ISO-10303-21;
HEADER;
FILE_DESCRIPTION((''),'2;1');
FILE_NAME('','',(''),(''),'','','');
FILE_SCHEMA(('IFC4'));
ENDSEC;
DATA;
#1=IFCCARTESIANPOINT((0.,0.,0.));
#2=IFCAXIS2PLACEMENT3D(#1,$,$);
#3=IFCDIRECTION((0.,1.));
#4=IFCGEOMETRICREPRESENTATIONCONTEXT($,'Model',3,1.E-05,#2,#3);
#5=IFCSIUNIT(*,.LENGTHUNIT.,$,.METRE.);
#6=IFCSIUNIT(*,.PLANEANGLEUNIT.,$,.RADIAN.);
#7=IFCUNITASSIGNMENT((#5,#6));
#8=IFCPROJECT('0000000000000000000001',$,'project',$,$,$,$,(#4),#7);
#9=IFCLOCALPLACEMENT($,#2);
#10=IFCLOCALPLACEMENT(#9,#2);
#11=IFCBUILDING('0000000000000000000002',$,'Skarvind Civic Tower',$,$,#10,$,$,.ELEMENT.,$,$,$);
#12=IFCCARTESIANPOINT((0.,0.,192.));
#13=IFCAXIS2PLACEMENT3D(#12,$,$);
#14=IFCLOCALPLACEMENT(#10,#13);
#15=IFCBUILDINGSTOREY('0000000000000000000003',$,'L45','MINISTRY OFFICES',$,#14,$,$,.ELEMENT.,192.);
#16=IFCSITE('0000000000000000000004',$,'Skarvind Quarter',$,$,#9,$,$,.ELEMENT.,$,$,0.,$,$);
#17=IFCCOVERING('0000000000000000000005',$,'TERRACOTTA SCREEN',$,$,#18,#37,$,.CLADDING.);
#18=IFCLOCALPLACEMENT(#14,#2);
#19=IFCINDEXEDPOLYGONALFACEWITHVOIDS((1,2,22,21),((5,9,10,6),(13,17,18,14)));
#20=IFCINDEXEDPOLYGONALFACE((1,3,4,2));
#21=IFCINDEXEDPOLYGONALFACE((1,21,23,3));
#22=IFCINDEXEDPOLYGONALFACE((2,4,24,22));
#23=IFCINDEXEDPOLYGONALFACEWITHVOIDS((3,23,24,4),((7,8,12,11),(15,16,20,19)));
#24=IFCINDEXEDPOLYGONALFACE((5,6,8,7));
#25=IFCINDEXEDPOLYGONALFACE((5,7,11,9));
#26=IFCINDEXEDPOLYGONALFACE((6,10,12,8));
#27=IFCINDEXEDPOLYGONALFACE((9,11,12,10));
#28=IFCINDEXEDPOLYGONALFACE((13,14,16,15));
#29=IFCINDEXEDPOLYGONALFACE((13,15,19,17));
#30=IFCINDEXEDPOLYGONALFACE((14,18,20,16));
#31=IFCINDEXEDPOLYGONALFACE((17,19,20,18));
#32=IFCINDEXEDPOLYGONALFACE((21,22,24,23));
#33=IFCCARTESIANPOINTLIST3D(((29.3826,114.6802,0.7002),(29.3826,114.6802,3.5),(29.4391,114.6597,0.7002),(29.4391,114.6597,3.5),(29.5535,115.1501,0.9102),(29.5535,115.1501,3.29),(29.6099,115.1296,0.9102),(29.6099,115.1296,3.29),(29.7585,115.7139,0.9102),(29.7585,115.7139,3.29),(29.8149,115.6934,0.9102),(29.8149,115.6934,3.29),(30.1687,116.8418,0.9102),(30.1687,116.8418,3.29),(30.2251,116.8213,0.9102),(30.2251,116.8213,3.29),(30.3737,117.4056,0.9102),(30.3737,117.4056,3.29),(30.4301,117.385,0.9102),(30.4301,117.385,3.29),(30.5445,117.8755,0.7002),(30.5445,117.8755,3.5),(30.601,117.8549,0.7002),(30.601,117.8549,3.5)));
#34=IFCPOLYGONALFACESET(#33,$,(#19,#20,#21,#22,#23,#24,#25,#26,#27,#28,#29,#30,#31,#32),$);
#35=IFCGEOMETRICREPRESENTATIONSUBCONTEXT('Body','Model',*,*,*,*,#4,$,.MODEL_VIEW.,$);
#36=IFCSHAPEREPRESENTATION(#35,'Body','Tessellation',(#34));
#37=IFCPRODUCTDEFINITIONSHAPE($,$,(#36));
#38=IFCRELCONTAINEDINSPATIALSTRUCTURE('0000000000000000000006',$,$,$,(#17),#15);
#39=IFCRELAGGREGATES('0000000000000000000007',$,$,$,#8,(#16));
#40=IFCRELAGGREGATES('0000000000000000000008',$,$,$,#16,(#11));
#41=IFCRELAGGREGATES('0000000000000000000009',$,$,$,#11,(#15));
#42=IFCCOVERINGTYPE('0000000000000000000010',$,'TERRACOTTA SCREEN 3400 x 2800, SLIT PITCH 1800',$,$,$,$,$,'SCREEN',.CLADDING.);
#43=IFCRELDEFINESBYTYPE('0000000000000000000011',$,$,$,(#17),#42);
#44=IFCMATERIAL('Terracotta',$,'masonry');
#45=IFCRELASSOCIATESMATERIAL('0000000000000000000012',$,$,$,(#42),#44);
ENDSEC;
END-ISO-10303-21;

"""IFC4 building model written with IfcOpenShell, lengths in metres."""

from ifc_helpers import new_model, si_unit, direction, frame, origin, place, context, subcontext, project, spatial, polyline, outline, extrude, material, material_profile, profile_set, type_object, element, save


model = new_model("IFC4")

# Units and contexts
model_context = context("Model", 3, precision=1e-05, world=origin(), true_north=direction((0.0, 1.0)))
body_context = subcontext(model_context, "Body", "Model", "MODEL_VIEW")
ifc_project = project(units=[si_unit("LENGTHUNIT", "METRE"), si_unit("PLANEANGLEUNIT", "RADIAN")], contexts=[model_context])

# Site, building, storey
site_placement = place(None, origin())
site = spatial("IfcSite", under=ifc_project, at=site_placement, Name="Skarvind Quarter", CompositionType="ELEMENT", RefElevation=0.0)
building_placement = place(site_placement, origin())
building = spatial("IfcBuilding", under=site, at=building_placement, Name="Skarvind Civic Tower", CompositionType="ELEMENT")
storey_placement = place(building_placement, frame((0.0, 0.0, 192.0)))
storey = spatial("IfcBuildingStorey", under=building, at=storey_placement, Name="L45", Description="MINISTRY OFFICES", CompositionType="ELEMENT", Elevation=192.0)

# Covering
ifc_material_1 = material(Name="Terracotta", Category="masonry")
ifc_material_profile_1 = material_profile(ifc_material_1, outline(polyline([(-1.7, -1.3999), (1.7, -1.3999), (1.7, 1.3999), (-1.7, 1.3999), (-1.7, -1.3999)]), holes=[polyline([(-1.2, -1.1899), (-0.6001, -1.1899), (-0.6001, 1.1899), (-1.2, 1.1899), (-1.2, -1.1899)]), polyline([(0.6001, -1.1899), (1.2, -1.1899), (1.2, 1.1899), (0.6001, 1.1899), (0.6001, -1.1899)])]), Name="TERRACOTTA SCREEN 3400 x 2800, SLIT PITCH 1800")
ifc_profile_set_1 = profile_set([ifc_material_profile_1], Name="Terracotta")
covering_type = type_object("IfcCoveringType", Name="TERRACOTTA SCREEN 3400 x 2800, SLIT PITCH 1800", ElementType="SCREEN", PredefinedType="CLADDING", material=ifc_profile_set_1)
covering_placement = place(storey_placement, frame((30.02, 116.2573, 2.1001), z_axis=(-0.939793, 0.341743, 0.0), x_axis=(-0.341743, -0.939793, 0.0)))
element("IfcCovering", 1, at=covering_placement, inside=storey, type_object=covering_type, Name="TERRACOTTA SCREEN", PredefinedType="CLADDING", context=body_context, shape_type="SweptSolid", body=[
    extrude(outline(polyline([(-1.7, -1.3999), (1.7, -1.3999), (1.7, 1.3999), (-1.7, 1.3999), (-1.7, -1.3999)]), holes=[polyline([(-1.2, -1.1899), (-0.6001, -1.1899), (-0.6001, 1.1899), (-1.2, 1.1899), (-1.2, -1.1899)]), polyline([(0.6001, -1.1899), (1.2, -1.1899), (1.2, 1.1899), (0.6001, 1.1899), (0.6001, -1.1899)])]), origin(), (0.0, 0.0, 1.0), 0.0601),
])

save(model, "model.ifc")
